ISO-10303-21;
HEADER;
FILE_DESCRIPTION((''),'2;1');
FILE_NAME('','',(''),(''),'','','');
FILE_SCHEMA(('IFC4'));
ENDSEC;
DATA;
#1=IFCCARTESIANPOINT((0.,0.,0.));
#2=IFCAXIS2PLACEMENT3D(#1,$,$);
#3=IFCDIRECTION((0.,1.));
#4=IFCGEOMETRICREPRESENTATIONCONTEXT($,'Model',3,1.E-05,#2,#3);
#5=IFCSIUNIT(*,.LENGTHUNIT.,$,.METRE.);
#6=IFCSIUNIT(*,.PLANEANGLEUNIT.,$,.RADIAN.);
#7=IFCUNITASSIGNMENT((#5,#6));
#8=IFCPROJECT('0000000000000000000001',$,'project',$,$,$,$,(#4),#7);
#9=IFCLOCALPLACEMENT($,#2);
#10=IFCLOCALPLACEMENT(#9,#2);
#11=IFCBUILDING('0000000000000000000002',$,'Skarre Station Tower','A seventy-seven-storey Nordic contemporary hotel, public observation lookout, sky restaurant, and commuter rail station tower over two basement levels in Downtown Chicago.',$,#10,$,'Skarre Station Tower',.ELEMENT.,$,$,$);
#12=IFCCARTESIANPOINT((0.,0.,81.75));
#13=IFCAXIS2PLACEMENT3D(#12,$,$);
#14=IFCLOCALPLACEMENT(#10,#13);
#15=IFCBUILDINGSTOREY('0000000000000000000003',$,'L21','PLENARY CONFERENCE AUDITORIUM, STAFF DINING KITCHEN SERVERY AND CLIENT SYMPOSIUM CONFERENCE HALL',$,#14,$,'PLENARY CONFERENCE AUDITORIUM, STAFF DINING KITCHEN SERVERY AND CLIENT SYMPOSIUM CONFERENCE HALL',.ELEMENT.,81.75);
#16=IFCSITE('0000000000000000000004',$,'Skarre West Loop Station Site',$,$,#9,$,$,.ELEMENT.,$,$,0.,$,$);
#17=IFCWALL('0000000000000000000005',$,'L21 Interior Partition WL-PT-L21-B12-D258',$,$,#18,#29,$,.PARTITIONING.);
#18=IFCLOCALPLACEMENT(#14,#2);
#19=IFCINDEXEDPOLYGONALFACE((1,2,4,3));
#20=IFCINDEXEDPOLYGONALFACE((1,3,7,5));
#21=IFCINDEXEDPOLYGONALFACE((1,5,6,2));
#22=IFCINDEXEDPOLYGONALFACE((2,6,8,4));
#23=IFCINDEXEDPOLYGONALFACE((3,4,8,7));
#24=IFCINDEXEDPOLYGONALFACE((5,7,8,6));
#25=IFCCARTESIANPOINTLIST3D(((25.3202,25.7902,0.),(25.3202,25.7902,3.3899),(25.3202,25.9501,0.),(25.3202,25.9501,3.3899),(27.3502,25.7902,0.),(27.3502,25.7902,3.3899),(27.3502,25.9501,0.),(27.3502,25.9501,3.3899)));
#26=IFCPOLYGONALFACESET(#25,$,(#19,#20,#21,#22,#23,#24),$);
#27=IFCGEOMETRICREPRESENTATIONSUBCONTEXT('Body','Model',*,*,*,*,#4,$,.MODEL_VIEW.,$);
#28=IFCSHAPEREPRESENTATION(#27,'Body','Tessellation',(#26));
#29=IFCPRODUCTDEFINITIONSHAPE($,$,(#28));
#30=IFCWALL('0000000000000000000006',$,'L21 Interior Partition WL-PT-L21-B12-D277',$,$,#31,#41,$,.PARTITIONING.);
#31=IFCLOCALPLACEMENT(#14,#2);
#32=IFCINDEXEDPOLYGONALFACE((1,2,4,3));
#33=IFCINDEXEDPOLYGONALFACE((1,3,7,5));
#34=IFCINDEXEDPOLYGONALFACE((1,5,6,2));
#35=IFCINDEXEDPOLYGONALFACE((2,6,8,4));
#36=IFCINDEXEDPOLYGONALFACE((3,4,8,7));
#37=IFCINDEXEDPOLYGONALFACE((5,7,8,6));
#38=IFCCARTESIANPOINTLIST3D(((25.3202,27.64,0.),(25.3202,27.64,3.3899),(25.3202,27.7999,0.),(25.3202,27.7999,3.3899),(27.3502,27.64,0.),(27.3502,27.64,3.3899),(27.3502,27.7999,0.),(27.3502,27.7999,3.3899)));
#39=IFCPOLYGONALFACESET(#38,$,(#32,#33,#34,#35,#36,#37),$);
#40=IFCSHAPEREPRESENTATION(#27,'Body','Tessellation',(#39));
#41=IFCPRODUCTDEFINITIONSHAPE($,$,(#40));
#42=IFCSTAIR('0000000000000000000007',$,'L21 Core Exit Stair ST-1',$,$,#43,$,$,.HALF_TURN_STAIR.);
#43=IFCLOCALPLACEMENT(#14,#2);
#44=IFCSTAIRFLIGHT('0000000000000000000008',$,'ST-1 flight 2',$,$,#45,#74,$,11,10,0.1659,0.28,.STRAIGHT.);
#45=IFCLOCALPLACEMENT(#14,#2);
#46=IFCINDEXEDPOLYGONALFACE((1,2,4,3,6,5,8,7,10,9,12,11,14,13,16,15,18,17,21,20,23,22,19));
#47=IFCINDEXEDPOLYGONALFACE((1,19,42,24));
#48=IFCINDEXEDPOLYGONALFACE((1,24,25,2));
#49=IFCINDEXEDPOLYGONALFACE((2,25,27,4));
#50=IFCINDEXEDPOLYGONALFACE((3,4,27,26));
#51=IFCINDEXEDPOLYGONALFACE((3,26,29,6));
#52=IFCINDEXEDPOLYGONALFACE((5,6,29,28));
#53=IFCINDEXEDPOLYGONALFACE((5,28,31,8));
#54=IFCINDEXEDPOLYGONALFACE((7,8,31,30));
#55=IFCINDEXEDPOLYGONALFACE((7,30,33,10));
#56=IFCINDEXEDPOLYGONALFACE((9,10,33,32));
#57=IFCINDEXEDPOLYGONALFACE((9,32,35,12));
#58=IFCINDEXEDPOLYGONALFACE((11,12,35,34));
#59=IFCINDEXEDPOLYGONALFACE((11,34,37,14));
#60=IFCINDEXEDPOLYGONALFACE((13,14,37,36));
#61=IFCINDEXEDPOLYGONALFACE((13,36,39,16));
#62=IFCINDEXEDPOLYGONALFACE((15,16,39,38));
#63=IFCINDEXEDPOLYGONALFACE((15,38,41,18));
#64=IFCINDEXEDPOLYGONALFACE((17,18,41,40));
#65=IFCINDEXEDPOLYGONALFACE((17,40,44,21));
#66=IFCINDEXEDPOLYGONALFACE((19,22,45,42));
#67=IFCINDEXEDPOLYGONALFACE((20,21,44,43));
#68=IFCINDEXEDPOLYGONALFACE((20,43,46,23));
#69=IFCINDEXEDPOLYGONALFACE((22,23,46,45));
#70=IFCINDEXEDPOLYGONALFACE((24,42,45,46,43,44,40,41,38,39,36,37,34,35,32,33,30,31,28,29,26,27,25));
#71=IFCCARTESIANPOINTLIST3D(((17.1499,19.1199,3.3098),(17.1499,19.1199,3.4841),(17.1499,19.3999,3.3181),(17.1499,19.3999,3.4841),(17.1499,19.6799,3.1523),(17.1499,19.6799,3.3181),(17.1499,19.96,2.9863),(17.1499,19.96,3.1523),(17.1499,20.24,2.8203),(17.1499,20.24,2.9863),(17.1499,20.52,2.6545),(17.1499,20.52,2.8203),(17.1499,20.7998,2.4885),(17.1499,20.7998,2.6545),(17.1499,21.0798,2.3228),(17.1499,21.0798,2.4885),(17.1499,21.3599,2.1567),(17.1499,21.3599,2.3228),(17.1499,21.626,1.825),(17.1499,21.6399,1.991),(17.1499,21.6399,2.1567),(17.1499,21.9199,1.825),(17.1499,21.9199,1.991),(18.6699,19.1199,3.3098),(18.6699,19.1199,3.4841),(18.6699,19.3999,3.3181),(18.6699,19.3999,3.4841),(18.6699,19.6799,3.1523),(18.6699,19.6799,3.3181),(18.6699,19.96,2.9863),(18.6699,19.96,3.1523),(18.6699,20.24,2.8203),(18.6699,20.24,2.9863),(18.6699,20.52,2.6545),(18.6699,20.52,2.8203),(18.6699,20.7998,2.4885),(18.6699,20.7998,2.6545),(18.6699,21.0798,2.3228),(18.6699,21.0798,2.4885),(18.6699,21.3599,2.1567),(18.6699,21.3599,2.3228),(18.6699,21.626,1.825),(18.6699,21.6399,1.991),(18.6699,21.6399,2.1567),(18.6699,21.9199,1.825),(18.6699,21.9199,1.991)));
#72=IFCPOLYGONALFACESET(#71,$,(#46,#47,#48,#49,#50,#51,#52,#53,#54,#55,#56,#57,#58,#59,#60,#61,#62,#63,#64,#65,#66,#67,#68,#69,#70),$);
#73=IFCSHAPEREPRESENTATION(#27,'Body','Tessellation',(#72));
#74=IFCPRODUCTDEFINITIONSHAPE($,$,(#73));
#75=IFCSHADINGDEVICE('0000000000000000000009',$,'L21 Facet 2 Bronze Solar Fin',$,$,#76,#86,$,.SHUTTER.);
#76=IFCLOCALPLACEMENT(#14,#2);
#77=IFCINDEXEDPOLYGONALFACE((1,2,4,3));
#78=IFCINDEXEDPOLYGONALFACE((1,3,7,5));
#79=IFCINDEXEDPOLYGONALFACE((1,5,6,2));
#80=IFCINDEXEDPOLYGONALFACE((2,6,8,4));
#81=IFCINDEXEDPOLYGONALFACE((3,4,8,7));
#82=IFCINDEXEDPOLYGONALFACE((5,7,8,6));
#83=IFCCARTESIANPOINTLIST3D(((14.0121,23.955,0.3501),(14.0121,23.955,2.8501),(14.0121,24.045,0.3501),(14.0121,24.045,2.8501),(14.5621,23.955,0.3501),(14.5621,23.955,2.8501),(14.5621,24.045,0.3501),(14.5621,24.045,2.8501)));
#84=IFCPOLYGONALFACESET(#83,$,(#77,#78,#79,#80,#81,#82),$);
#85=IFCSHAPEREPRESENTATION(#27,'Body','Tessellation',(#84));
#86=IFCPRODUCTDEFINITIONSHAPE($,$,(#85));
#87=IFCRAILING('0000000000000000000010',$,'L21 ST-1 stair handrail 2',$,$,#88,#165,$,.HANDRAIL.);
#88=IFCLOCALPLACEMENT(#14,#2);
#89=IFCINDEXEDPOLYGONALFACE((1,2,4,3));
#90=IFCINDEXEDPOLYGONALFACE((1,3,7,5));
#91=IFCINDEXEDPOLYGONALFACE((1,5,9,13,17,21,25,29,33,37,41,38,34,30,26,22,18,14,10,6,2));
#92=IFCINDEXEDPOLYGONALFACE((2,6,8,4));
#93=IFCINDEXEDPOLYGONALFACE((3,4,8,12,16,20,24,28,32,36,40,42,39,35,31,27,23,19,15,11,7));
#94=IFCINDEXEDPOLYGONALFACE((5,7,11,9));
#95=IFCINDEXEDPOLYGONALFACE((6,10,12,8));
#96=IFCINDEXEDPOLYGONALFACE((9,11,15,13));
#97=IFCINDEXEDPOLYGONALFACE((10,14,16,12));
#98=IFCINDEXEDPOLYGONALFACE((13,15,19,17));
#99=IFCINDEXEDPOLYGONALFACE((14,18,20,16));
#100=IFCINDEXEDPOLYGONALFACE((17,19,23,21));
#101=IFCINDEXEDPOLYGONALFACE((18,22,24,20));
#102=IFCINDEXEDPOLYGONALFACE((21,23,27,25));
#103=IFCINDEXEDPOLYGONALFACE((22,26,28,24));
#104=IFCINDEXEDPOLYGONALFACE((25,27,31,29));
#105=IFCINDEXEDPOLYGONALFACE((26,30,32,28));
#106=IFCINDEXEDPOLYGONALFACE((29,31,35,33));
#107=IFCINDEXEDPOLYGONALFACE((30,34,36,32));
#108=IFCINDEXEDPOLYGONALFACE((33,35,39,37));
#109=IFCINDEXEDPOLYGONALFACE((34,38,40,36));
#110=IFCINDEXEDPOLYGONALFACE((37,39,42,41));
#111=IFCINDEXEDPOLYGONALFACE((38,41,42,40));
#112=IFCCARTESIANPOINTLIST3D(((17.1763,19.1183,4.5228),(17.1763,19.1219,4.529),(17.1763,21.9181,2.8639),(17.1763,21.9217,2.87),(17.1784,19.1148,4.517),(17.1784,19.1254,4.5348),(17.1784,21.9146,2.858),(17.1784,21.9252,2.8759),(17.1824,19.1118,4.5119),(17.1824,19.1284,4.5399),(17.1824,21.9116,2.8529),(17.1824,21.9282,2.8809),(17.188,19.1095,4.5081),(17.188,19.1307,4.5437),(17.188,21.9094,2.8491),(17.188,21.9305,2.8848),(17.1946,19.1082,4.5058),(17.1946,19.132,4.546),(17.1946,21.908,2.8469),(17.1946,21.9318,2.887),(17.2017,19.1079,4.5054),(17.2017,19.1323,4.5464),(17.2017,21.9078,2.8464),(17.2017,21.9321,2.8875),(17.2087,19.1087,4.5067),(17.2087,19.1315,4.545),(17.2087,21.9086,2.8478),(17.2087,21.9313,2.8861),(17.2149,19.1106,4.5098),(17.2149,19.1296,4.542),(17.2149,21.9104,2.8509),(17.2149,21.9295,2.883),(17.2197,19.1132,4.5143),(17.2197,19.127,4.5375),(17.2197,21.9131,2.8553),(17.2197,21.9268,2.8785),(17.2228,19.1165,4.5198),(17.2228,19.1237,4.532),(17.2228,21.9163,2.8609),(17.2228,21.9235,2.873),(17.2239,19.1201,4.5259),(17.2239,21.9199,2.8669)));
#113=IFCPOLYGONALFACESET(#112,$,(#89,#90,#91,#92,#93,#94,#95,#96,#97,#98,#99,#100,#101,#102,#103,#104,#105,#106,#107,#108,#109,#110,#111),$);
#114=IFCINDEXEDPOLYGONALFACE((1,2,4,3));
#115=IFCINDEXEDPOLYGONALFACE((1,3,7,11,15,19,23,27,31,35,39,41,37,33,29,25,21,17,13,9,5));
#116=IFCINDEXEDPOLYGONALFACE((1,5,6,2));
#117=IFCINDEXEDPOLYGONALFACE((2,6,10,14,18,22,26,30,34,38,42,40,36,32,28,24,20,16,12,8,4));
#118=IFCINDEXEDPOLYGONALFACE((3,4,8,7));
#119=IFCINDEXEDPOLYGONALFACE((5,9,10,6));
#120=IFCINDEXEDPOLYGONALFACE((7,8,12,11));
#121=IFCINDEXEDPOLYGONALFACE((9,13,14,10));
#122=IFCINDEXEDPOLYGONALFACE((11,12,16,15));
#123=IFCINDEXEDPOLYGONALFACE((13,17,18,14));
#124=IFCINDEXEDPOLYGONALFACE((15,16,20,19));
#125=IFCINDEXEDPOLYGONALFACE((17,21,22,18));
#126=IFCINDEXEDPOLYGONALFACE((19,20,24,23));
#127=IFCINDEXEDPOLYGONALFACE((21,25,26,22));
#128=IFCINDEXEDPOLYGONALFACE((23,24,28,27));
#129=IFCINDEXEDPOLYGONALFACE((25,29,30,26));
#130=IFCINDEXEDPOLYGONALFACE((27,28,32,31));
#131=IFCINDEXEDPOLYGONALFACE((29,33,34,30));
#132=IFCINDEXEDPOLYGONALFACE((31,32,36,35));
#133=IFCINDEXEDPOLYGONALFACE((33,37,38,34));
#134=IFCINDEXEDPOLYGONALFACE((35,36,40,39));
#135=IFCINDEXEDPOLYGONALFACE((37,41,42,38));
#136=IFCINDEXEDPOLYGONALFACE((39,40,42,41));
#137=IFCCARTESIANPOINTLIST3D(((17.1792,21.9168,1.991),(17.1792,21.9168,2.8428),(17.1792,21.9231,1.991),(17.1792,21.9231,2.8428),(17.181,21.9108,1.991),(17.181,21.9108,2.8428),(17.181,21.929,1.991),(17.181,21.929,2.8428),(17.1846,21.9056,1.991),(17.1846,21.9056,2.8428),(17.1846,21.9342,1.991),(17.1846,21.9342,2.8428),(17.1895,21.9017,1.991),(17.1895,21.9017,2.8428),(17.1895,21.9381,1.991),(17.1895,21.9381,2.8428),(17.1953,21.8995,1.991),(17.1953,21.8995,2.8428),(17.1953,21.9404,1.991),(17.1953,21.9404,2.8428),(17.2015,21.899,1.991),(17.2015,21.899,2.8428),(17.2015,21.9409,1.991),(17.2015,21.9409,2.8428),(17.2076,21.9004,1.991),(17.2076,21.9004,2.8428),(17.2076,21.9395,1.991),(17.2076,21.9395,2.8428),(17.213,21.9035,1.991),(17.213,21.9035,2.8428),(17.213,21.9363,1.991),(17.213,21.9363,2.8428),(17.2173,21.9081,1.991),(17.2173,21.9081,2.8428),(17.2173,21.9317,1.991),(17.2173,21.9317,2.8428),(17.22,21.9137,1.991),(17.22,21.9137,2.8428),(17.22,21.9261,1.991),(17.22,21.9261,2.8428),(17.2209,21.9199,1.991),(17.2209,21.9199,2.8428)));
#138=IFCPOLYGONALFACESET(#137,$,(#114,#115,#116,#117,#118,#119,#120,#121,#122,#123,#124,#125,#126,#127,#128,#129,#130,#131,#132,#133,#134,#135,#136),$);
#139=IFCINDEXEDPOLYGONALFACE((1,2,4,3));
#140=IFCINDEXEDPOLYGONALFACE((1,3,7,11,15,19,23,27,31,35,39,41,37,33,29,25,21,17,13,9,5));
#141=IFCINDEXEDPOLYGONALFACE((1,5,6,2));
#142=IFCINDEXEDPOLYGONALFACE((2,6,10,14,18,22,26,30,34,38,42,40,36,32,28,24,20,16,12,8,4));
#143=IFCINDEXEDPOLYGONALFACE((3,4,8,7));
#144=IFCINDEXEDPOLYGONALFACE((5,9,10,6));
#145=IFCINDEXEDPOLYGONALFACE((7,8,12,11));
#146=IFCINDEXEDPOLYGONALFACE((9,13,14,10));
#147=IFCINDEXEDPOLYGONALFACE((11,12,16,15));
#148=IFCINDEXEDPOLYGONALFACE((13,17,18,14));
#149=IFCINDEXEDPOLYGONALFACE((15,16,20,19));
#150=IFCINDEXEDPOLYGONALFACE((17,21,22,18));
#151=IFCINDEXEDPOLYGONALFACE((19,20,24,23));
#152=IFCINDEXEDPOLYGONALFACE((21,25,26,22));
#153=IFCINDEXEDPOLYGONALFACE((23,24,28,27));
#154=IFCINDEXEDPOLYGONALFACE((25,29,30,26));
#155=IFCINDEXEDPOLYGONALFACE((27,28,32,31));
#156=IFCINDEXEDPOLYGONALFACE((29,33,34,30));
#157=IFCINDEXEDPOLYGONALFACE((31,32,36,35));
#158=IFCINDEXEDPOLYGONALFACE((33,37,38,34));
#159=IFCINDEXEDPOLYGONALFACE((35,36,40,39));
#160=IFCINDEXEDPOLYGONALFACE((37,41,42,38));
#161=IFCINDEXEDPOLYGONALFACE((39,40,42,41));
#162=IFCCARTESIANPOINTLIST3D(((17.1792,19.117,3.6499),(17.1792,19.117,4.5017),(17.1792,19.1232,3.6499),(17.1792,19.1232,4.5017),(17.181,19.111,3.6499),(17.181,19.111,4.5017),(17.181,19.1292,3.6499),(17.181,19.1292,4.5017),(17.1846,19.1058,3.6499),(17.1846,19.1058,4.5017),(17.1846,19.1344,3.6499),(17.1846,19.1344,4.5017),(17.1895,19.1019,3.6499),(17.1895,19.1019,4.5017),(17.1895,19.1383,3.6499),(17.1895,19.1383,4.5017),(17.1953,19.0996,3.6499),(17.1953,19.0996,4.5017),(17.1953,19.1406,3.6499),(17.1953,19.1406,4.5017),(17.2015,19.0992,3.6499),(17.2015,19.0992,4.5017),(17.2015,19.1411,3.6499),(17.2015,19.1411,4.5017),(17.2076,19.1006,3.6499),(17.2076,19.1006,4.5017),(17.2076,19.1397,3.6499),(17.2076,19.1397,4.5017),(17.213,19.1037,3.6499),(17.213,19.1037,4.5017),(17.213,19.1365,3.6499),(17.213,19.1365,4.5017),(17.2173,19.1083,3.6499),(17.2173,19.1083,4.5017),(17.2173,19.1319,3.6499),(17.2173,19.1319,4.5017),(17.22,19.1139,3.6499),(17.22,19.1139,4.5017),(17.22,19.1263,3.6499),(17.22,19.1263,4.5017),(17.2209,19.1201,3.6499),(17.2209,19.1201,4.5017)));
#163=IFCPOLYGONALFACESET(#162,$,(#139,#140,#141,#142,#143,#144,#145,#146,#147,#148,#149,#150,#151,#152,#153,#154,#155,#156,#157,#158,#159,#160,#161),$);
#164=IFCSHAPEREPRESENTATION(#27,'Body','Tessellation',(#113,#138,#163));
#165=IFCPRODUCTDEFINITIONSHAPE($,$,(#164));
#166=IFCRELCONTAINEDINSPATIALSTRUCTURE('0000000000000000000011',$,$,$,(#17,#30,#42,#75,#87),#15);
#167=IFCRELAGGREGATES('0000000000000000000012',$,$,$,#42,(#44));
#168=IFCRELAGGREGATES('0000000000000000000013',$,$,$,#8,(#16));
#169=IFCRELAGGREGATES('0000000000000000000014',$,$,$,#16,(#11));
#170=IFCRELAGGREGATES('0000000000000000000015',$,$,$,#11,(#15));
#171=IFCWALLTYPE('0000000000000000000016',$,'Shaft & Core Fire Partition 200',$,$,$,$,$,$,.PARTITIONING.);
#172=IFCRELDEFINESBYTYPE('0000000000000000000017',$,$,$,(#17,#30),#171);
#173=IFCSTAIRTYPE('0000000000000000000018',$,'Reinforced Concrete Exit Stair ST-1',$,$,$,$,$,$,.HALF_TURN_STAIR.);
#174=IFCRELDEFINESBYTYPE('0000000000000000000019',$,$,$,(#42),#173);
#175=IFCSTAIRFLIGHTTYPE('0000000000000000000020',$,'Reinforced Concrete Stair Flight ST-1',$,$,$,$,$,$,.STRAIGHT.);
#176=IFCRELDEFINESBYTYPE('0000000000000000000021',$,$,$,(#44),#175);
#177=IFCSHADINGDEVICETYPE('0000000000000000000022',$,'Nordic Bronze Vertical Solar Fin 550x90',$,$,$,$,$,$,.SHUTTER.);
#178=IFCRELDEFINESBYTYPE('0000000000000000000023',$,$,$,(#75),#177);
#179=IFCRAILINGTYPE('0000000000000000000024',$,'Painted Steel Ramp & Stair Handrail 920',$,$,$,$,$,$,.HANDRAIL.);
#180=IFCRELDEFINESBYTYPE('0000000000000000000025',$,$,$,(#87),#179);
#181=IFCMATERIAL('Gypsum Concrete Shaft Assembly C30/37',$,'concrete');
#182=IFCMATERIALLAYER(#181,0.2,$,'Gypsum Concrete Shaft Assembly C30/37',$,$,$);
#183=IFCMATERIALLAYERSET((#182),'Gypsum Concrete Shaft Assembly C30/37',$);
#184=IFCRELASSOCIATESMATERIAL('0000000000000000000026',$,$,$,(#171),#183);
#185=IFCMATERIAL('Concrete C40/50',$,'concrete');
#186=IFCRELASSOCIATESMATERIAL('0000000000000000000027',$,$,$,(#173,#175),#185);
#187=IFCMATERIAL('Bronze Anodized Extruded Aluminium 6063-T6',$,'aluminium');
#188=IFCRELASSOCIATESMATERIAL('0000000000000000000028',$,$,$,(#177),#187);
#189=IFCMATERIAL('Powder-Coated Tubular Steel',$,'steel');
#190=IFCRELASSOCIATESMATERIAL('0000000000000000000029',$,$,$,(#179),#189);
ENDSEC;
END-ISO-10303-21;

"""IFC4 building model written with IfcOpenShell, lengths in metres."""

from ifc_helpers import new_model, si_unit, direction, frame, frame_2d, origin, origin_2d, place, context, subcontext, project, spatial, polyline, rectangle, circle, outline, extrude, material, layer, layer_set, type_object, element, aggregate, save


model = new_model("IFC4")

# Units and contexts
model_context = context("Model", 3, precision=1e-05, world=origin(), true_north=direction((0.0, 1.0)))
body_context = subcontext(model_context, "Body", "Model", "MODEL_VIEW")
ifc_project = project(units=[si_unit("LENGTHUNIT", "METRE"), si_unit("PLANEANGLEUNIT", "RADIAN")], contexts=[model_context])

# Site, building, storey
site_placement = place(None, origin())
site = spatial("IfcSite", under=ifc_project, at=site_placement, Name="Skarre West Loop Station Site", CompositionType="ELEMENT", RefElevation=0.0)
building_placement = place(site_placement, origin())
building = spatial("IfcBuilding", under=site, at=building_placement, Name="Skarre Station Tower", Description="A seventy-seven-storey Nordic contemporary hotel, public observation lookout, sky restaurant, and commuter rail station tower over two basement levels in Downtown Chicago.", LongName="Skarre Station Tower", CompositionType="ELEMENT")
storey_placement = place(building_placement, frame((0.0, 0.0, 81.75)))
storey = spatial("IfcBuildingStorey", under=building, at=storey_placement, Name="L21", Description="PLENARY CONFERENCE AUDITORIUM, STAFF DINING KITCHEN SERVERY AND CLIENT SYMPOSIUM CONFERENCE HALL", LongName="PLENARY CONFERENCE AUDITORIUM, STAFF DINING KITCHEN SERVERY AND CLIENT SYMPOSIUM CONFERENCE HALL", CompositionType="ELEMENT", Elevation=81.75)

# Shared definitions
ifc_material_1 = material(Name="Gypsum Concrete Shaft Assembly C30/37", Category="concrete")
ifc_layer_1 = layer(ifc_material_1, 0.2, Name="Gypsum Concrete Shaft Assembly C30/37")
ifc_layer_set_1 = layer_set([ifc_layer_1], Name="Gypsum Concrete Shaft Assembly C30/37")
wall_type_1 = type_object("IfcWallType", Name="Shaft & Core Fire Partition 200", PredefinedType="PARTITIONING", material=ifc_layer_set_1)

# Walls
for number, where, z_axis, x_axis, name in (
    (1, (25.3201, 25.8701, 0.0), (0.0, 0.0, 1.0), (1.0, 0.0, 0.0), "L21 Interior Partition WL-PT-L21-B12-D258"),
    (2, (25.3201, 27.72, 0.0), (0.0, 0.0, 1.0), (1.0, 0.0, 0.0), "L21 Interior Partition WL-PT-L21-B12-D277"),
):
    element("IfcWall", number, at=place(storey_placement, frame(where, z_axis=z_axis, x_axis=x_axis)), inside=storey, type_object=wall_type_1, Name=name, PredefinedType="PARTITIONING", context=body_context, shape_type="SweptSolid", body=[
        extrude(rectangle(XDim=2.03, YDim=0.1599, at=frame_2d((1.0151, 0.0))), origin(), (0.0, 0.0, 1.0), 3.3899),
    ])

# Stair, stair flight
ifc_material_2 = material(Name="Concrete C40/50", Category="concrete")
stair_type = type_object("IfcStairType", Name="Reinforced Concrete Exit Stair ST-1", PredefinedType="HALF_TURN_STAIR", material=ifc_material_2)
stair_placement = place(storey_placement, origin())
stair = element("IfcStair", 3, at=stair_placement, inside=storey, type_object=stair_type, Name="L21 Core Exit Stair ST-1", PredefinedType="HALF_TURN_STAIR")
stair_flight_type = type_object("IfcStairFlightType", Name="Reinforced Concrete Stair Flight ST-1", PredefinedType="STRAIGHT", material=ifc_material_2)
stair_flight_placement = place(storey_placement, frame((17.9099, 21.9199, 1.825), z_axis=(0.0, 0.0, 1.0), x_axis=(0.0, -1.0, 0.0)))
stair_flight = element("IfcStairFlight", 4, at=stair_flight_placement, type_object=stair_flight_type, Name="ST-1 flight 2", NumberOfRisers=11, NumberOfTreads=10, PredefinedType="STRAIGHT", RiserHeight=0.1659, TreadLength=0.28, context=body_context, shape_type="SweptSolid", body=[
    extrude(outline(polyline([(0.0, 0.0), (0.0, 0.166), (0.28, 0.166), (0.28, 0.3318), (0.5601, 0.3318), (0.5601, 0.4978), (0.8401, 0.4978), (0.8401, 0.6636), (1.1201, 0.6636), (1.1201, 0.8296), (1.3999, 0.8296), (1.3999, 0.9954), (1.6799, 0.9954), (1.6799, 1.1614), (1.96, 1.1614), (1.96, 1.3274), (2.24, 1.3274), (2.24, 1.4932), (2.52, 1.4932), (2.52, 1.6592), (2.8, 1.6592), (2.8, 1.825), (2.8, 1.4849), (0.2939, 0.0), (0.0, 0.0)])), frame((0.0, 0.76, 0.0), z_axis=(0.0, -1.0, 0.0), x_axis=(1.0, 0.0, 0.0)), (0.0, 0.0, 1.0), 1.52),
])
aggregate(stair, [stair_flight])

# Shading device
ifc_material_3 = material(Name="Bronze Anodized Extruded Aluminium 6063-T6", Category="aluminium")
shading_device_type = type_object("IfcShadingDeviceType", Name="Nordic Bronze Vertical Solar Fin 550x90", PredefinedType="SHUTTER", material=ifc_material_3)
shading_device_placement = place(storey_placement, frame((14.2871, 24.0, 0.3501), z_axis=(0.0, 0.0, 1.0), x_axis=(-1.0, 0.0, 0.0)))
element("IfcShadingDevice", 5, at=shading_device_placement, inside=storey, type_object=shading_device_type, Name="L21 Facet 2 Bronze Solar Fin", PredefinedType="SHUTTER", context=body_context, shape_type="SweptSolid", body=[
    extrude(rectangle(XDim=0.55, YDim=0.0901, at=origin_2d()), origin(), (0.0, 0.0, 1.0), 2.5),
])

# Railing
ifc_material_4 = material(Name="Powder-Coated Tubular Steel", Category="steel")
railing_type_1 = type_object("IfcRailingType", Name="Painted Steel Ramp & Stair Handrail 920", PredefinedType="HANDRAIL", material=ifc_material_4)
railing_1_placement = place(storey_placement, frame((17.2, 21.9199, 1.991)))
element("IfcRailing", 6, at=railing_1_placement, inside=storey, type_object=railing_type_1, Name="L21 ST-1 stair handrail 2", PredefinedType="HANDRAIL", context=body_context, shape_type="SweptSolid", body=[
    extrude(circle(Radius=0.0239, at=origin_2d()), frame((0.0, 0.0, 0.876), z_axis=(0.0, -0.86032, 0.509755), x_axis=(1.0, 0.0, 0.0)), (0.0, 0.0, 1.0), 3.2544),
    extrude(circle(Radius=0.021, at=origin_2d()), origin(), (0.0, 0.0, 1.0), 0.8518),
    extrude(circle(Radius=0.021, at=origin_2d()), frame((0.0, -2.7998, 1.6589)), (0.0, 0.0, 1.0), 0.8518),
])

save(model, "model.ifc")
